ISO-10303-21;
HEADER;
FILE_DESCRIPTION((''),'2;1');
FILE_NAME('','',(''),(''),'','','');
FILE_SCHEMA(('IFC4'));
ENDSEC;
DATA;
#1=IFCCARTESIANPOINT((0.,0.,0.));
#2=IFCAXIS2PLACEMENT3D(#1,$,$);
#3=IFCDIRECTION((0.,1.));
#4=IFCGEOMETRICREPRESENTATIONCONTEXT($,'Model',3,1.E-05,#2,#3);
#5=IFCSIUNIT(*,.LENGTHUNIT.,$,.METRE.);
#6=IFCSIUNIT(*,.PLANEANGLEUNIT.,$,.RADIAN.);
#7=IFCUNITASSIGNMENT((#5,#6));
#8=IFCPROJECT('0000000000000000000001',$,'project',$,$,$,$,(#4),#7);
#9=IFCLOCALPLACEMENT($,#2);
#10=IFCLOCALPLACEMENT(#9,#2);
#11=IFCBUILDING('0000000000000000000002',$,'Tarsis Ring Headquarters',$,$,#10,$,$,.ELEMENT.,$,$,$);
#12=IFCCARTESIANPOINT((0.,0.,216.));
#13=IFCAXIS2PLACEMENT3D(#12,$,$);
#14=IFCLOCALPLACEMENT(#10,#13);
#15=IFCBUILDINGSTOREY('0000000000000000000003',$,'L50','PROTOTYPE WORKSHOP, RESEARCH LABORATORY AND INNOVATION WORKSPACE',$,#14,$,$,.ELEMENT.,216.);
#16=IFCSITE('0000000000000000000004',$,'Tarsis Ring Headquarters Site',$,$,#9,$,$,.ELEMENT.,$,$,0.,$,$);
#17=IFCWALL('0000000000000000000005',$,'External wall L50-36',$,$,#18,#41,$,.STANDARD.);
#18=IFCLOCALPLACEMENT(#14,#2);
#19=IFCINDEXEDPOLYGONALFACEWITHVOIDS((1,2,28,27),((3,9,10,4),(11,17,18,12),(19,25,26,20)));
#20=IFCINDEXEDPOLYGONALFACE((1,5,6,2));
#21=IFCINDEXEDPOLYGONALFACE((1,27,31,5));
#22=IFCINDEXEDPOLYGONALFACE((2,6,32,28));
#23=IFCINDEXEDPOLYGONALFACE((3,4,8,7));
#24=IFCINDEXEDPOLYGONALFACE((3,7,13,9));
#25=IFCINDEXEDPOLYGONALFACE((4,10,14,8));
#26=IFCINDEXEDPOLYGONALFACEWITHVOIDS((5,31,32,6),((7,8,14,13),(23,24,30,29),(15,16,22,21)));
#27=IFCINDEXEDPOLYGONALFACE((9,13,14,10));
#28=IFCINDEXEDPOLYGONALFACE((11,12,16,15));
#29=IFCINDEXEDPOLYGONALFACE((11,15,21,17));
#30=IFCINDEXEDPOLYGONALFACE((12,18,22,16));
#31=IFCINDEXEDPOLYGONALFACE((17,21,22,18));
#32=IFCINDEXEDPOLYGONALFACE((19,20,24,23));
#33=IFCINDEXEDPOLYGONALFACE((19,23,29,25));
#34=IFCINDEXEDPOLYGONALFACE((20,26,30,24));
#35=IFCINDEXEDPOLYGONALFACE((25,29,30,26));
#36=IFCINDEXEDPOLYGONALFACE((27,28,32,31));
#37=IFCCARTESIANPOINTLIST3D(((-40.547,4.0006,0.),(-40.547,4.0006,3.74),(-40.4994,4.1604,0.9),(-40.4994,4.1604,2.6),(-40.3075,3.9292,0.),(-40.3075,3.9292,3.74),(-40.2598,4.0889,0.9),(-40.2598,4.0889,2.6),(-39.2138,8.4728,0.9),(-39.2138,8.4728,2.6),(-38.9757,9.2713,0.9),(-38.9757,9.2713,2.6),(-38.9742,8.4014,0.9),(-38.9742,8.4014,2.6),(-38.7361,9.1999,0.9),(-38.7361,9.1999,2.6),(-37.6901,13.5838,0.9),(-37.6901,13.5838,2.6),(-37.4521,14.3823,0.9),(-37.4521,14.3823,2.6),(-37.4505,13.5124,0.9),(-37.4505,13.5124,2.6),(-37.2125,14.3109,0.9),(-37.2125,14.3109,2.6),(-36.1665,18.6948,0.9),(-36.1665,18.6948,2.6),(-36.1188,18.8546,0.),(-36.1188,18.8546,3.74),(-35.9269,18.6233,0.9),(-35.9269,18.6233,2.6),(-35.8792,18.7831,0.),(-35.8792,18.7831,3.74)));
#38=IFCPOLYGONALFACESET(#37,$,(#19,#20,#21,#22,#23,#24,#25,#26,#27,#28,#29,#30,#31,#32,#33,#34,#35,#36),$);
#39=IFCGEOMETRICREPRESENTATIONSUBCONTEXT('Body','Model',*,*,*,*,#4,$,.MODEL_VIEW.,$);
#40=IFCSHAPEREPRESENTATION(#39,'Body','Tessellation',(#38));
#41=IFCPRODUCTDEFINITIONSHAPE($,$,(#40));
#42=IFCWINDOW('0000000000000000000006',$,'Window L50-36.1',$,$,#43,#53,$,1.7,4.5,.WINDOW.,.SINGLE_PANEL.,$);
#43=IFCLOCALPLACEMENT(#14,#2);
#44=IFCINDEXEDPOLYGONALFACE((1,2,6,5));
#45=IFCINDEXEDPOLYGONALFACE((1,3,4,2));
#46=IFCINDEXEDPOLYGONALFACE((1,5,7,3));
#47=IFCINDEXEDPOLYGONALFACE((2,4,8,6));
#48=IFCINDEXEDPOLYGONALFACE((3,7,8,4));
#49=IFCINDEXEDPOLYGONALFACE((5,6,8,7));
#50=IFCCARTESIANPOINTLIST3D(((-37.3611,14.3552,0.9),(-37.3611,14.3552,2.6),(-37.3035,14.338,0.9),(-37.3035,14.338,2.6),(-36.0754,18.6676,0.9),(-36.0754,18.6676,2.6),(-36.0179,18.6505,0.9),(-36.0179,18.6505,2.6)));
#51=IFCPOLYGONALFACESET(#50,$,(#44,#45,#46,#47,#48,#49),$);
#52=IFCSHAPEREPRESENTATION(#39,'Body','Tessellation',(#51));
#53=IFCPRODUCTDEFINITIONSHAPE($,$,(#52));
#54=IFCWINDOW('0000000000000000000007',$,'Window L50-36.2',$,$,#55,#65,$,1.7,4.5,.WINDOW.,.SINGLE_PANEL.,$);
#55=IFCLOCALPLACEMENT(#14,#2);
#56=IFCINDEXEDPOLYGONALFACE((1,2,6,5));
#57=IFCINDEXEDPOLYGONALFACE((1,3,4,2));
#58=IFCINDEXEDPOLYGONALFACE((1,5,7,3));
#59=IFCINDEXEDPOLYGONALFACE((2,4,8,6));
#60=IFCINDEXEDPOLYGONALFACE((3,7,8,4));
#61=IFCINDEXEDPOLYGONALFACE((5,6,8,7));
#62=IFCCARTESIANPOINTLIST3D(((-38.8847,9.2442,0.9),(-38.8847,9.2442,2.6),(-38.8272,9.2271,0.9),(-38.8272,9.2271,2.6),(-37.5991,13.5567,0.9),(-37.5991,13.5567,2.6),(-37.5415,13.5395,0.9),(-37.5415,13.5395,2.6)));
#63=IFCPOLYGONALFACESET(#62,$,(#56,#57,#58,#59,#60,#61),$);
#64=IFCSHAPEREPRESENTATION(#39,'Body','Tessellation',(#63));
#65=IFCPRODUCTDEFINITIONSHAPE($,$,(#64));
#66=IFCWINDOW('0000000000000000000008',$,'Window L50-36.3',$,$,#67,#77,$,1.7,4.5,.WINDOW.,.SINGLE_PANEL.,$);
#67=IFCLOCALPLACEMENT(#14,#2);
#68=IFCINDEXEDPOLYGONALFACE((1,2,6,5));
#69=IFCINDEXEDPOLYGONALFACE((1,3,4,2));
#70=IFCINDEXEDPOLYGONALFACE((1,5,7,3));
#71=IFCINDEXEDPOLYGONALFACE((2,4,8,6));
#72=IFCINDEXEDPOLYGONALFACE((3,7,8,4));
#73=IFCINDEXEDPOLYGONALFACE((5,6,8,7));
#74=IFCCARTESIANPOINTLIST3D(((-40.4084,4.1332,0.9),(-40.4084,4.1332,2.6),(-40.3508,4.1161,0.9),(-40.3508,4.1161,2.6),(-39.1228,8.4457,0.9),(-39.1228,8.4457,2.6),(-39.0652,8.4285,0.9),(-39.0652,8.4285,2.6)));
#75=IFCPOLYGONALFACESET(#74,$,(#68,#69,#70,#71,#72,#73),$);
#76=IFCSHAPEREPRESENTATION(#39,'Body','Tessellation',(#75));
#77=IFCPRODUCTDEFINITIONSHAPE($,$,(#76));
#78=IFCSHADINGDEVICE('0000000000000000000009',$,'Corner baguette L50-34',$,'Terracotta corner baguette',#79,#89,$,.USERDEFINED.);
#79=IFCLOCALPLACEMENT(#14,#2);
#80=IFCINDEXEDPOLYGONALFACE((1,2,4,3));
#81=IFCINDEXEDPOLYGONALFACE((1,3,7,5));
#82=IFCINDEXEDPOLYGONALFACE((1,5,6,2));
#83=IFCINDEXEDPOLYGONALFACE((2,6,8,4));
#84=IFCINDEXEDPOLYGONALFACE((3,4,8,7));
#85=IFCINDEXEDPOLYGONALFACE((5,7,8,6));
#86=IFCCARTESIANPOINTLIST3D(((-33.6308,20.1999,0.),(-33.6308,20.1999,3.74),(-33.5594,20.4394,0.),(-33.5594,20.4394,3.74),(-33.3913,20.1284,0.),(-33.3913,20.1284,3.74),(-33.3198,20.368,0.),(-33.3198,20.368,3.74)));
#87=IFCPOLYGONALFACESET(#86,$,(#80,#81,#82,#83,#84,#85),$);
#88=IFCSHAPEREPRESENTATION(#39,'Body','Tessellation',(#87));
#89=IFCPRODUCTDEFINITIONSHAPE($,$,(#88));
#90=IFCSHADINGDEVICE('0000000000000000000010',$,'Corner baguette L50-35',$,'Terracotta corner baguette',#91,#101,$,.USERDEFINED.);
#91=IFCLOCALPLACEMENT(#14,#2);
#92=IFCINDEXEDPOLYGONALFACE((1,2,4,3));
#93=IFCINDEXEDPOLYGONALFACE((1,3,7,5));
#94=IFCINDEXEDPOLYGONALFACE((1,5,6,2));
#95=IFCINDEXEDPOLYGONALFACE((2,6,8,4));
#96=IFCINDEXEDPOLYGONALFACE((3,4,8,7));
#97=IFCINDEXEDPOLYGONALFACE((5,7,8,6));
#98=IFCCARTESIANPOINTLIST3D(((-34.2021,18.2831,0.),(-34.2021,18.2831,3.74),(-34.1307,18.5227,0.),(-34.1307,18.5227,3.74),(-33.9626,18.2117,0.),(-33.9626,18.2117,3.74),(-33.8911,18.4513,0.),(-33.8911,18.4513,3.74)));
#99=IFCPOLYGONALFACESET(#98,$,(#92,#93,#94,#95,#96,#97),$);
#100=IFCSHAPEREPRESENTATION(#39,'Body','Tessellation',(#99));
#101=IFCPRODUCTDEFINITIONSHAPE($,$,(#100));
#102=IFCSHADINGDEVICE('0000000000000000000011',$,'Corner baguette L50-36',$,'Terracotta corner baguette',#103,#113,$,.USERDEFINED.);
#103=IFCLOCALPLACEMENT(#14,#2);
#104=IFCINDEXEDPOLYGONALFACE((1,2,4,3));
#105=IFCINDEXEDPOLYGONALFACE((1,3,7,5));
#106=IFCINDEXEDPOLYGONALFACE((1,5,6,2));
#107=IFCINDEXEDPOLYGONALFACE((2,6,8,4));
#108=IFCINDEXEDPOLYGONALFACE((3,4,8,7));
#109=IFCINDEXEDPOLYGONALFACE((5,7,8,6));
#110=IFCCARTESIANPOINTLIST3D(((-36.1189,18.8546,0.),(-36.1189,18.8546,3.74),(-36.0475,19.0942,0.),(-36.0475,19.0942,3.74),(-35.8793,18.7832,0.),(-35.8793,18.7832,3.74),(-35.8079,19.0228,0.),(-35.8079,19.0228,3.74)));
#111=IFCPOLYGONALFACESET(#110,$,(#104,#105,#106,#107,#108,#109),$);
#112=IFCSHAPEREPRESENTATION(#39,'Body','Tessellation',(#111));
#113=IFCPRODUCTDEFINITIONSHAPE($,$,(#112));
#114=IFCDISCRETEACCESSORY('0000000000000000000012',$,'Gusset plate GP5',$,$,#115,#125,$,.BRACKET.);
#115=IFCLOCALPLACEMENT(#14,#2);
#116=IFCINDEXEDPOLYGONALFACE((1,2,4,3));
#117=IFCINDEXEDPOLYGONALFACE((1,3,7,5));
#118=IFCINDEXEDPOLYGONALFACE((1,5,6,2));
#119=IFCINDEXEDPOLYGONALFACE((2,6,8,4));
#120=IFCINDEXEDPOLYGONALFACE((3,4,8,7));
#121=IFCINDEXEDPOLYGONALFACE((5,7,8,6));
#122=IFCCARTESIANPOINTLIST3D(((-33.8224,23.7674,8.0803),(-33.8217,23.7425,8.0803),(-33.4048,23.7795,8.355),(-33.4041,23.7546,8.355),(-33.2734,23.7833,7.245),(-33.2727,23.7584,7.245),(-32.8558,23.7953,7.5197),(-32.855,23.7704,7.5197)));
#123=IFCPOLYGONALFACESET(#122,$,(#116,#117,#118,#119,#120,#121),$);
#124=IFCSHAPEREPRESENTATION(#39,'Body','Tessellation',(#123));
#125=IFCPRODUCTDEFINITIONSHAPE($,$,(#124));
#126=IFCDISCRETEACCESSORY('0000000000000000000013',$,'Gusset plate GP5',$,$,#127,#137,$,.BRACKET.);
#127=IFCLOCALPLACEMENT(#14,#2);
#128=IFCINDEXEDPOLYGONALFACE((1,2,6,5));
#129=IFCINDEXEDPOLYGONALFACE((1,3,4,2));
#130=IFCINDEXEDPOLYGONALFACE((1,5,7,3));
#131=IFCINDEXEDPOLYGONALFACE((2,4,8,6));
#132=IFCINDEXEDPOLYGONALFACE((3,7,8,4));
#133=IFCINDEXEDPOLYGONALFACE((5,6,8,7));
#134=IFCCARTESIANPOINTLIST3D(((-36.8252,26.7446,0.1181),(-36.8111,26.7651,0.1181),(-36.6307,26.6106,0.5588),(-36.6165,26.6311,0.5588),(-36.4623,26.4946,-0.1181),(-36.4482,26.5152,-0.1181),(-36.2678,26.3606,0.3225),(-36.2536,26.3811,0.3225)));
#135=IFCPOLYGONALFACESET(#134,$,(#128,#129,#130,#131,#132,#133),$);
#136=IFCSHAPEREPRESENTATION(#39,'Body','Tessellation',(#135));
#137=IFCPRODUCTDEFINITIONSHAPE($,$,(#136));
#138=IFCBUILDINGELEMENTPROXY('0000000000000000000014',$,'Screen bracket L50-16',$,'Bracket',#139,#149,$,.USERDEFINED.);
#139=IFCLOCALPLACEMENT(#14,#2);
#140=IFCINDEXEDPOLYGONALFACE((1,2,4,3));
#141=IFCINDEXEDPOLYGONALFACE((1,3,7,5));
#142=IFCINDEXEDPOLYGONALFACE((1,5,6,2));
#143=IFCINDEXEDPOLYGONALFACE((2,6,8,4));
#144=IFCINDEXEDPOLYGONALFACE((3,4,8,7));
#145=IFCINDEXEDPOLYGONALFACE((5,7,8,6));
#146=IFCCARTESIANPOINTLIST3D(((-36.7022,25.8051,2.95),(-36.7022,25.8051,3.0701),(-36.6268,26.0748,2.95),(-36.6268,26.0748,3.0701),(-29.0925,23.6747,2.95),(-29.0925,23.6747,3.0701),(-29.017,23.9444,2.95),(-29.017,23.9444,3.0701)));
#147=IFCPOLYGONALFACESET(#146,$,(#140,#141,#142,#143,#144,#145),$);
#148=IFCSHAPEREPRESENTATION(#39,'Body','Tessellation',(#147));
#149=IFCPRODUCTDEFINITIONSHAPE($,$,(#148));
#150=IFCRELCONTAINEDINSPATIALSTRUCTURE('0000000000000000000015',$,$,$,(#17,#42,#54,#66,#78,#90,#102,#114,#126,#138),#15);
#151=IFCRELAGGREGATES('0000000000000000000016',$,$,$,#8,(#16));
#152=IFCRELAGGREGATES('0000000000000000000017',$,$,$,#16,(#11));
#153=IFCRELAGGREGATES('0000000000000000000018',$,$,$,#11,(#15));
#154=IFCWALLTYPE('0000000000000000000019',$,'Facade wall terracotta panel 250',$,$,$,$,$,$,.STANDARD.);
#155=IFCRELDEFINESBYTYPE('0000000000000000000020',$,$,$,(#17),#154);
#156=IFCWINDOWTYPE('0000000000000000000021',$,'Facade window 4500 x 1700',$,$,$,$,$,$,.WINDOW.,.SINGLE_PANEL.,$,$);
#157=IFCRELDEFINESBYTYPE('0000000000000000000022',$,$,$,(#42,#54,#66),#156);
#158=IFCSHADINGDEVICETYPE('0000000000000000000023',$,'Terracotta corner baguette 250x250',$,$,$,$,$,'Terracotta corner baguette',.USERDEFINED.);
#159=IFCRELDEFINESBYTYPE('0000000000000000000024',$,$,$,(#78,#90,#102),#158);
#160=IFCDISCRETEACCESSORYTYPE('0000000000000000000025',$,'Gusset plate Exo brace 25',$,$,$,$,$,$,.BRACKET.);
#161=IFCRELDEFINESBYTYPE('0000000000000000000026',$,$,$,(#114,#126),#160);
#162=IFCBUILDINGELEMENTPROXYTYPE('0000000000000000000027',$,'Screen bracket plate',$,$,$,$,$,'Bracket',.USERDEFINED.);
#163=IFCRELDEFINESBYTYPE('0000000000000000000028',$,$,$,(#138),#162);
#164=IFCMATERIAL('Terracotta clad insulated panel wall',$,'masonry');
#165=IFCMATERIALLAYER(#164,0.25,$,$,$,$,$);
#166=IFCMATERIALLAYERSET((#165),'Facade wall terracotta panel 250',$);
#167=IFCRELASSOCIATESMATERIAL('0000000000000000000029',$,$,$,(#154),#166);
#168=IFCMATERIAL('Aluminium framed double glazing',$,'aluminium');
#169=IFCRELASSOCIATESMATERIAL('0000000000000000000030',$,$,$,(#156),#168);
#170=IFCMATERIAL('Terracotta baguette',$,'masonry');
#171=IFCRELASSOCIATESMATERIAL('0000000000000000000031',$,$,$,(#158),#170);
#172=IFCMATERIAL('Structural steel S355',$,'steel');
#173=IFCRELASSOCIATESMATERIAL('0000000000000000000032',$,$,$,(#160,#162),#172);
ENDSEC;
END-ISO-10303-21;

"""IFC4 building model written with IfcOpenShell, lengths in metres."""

from ifc_helpers import new_model, si_unit, direction, frame, frame_2d, origin, origin_2d, place, context, subcontext, project, spatial, rectangle, extrude, material, layer, layer_set, material_profile, profile_set, type_object, element, fill, save


model = new_model("IFC4")

# Units and contexts
model_context = context("Model", 3, precision=1e-05, world=origin(), true_north=direction((0.0, 1.0)))
body_context = subcontext(model_context, "Body", "Model", "MODEL_VIEW")
ifc_project = project(units=[si_unit("LENGTHUNIT", "METRE"), si_unit("PLANEANGLEUNIT", "RADIAN")], contexts=[model_context])

# Site, building, storey
site_placement = place(None, origin())
site = spatial("IfcSite", under=ifc_project, at=site_placement, Name="Tarsis Ring Headquarters Site", CompositionType="ELEMENT", RefElevation=0.0)
building_placement = place(site_placement, origin())
building = spatial("IfcBuilding", under=site, at=building_placement, Name="Tarsis Ring Headquarters", CompositionType="ELEMENT")
storey_placement = place(building_placement, frame((0.0, 0.0, 216.0)))
storey = spatial("IfcBuildingStorey", under=building, at=storey_placement, Name="L50", Description="PROTOTYPE WORKSHOP, RESEARCH LABORATORY AND INNOVATION WORKSPACE", CompositionType="ELEMENT", Elevation=216.0)

# Shared definitions
ifc_material_1 = material(Name="Structural steel S355", Category="steel")

# Shared definitions
ifc_material_2 = material(Name="Terracotta clad insulated panel wall", Category="masonry")
ifc_layer = layer(ifc_material_2, 0.25)
ifc_layer_set = layer_set([ifc_layer], Name="Facade wall terracotta panel 250")
wall_type = type_object("IfcWallType", Name="Facade wall terracotta panel 250", PredefinedType="STANDARD", material=ifc_layer_set)

# Wall, openings, windows
wall_placement = place(storey_placement, frame((-35.999, 18.8188, 0.0), z_axis=(0.0, 0.0, 1.0), x_axis=(-0.285691, -0.958322, 0.0)))
wall = element("IfcWall", 1, at=wall_placement, inside=storey, type_object=wall_type, Name="External wall L50-36", PredefinedType="STANDARD", context=body_context, shape_type="SweptSolid", body=[
    extrude(rectangle(XDim=15.5, YDim=0.25, at=frame_2d((7.75, 0.0))), origin(), (0.0, 0.0, 1.0), 3.74),
])
opening_1_placement = place(wall_placement, frame((0.1667, 0.0, 0.8999)))
opening_1 = element("IfcOpeningElement", 2, at=opening_1_placement, cuts=wall, PredefinedType="OPENING", context=body_context, shape_type="SweptSolid", body=[
    extrude(rectangle(XDim=4.5, YDim=1.7, at=frame_2d((2.25, 0.8501))), frame((0.0, 0.135, 0.0), z_axis=(0.0, -1.0, 0.0), x_axis=(1.0, 0.0, 0.0)), (0.0, 0.0, 1.0), 0.27),
])
opening_2_placement = place(wall_placement, frame((5.5, 0.0, 0.8999)))
opening_2 = element("IfcOpeningElement", 3, at=opening_2_placement, cuts=wall, PredefinedType="OPENING", context=body_context, shape_type="SweptSolid", body=[
    extrude(rectangle(XDim=4.5, YDim=1.7, at=frame_2d((2.25, 0.8501))), frame((0.0, 0.135, 0.0), z_axis=(0.0, -1.0, 0.0), x_axis=(1.0, 0.0, 0.0)), (0.0, 0.0, 1.0), 0.27),
])
opening_3_placement = place(wall_placement, frame((10.8333, 0.0, 0.8999)))
opening_3 = element("IfcOpeningElement", 4, at=opening_3_placement, cuts=wall, PredefinedType="OPENING", context=body_context, shape_type="SweptSolid", body=[
    extrude(rectangle(XDim=4.5, YDim=1.7, at=frame_2d((2.25, 0.8501))), frame((0.0, 0.135, 0.0), z_axis=(0.0, -1.0, 0.0), x_axis=(1.0, 0.0, 0.0)), (0.0, 0.0, 1.0), 0.27),
])
ifc_material_3 = material(Name="Aluminium framed double glazing", Category="aluminium")
window_type = type_object("IfcWindowType", Name="Facade window 4500 x 1700", PartitioningType="SINGLE_PANEL", PredefinedType="WINDOW", material=ifc_material_3)
window_1_placement = place(opening_1_placement, origin())
window_1 = element("IfcWindow", 5, at=window_1_placement, inside=storey, type_object=window_type, Name="Window L50-36.1", OverallHeight=1.7, OverallWidth=4.5, PartitioningType="SINGLE_PANEL", PredefinedType="WINDOW", context=body_context, shape_type="SweptSolid", body=[
    extrude(rectangle(XDim=4.5, YDim=1.7, at=frame_2d((2.25, 0.8501))), frame((0.0, 0.03, 0.0), z_axis=(0.0, -1.0, 0.0), x_axis=(1.0, 0.0, 0.0)), (0.0, 0.0, 1.0), 0.0601),
])
fill(opening_1, window_1)
window_2_placement = place(opening_2_placement, origin())
window_2 = element("IfcWindow", 6, at=window_2_placement, inside=storey, type_object=window_type, Name="Window L50-36.2", OverallHeight=1.7, OverallWidth=4.5, PartitioningType="SINGLE_PANEL", PredefinedType="WINDOW", context=body_context, shape_type="SweptSolid", body=[
    extrude(rectangle(XDim=4.5, YDim=1.7, at=frame_2d((2.25, 0.8501))), frame((0.0, 0.03, 0.0), z_axis=(0.0, -1.0, 0.0), x_axis=(1.0, 0.0, 0.0)), (0.0, 0.0, 1.0), 0.0601),
])
fill(opening_2, window_2)
window_3_placement = place(opening_3_placement, origin())
window_3 = element("IfcWindow", 7, at=window_3_placement, inside=storey, type_object=window_type, Name="Window L50-36.3", OverallHeight=1.7, OverallWidth=4.5, PartitioningType="SINGLE_PANEL", PredefinedType="WINDOW", context=body_context, shape_type="SweptSolid", body=[
    extrude(rectangle(XDim=4.5, YDim=1.7, at=frame_2d((2.25, 0.8501))), frame((0.0, 0.03, 0.0), z_axis=(0.0, -1.0, 0.0), x_axis=(1.0, 0.0, 0.0)), (0.0, 0.0, 1.0), 0.0601),
])
fill(opening_3, window_3)

# Shading devices
ifc_material_4 = material(Name="Terracotta baguette", Category="masonry")
shading_device_type_1 = type_object("IfcShadingDeviceType", Name="Terracotta corner baguette 250x250", ElementType="Terracotta corner baguette", PredefinedType="USERDEFINED", material=ifc_material_4)
for number, where, z_axis, x_axis, name in (
    (8, (-33.4753, 20.2839, 0.0), (0.0, 0.0, 1.0), (-0.958323, 0.285688, 0.0), "Corner baguette L50-34"),
    (9, (-34.0466, 18.3672, 0.0), (0.0, 0.0, 1.0), (-0.285689, -0.958323, 0.0), "Corner baguette L50-35"),
    (10, (-35.9634, 18.9387, 0.0), (0.0, 0.0, 1.0), (-0.958323, 0.285689, 0.0), "Corner baguette L50-36"),
):
    element("IfcShadingDevice", number, at=place(storey_placement, frame(where, z_axis=z_axis, x_axis=x_axis)), inside=storey, type_object=shading_device_type_1, Name=name, ObjectType="Terracotta corner baguette", PredefinedType="USERDEFINED", context=body_context, shape_type="SweptSolid", body=[
        extrude(rectangle(XDim=0.25, YDim=0.25, at=origin_2d()), origin(), (0.0, 0.0, 1.0), 3.74),
    ])

# Discrete accessories
ifc_material_profile_1 = material_profile(ifc_material_1, rectangle(XDim=0.0249, YDim=0.5, at=origin_2d()), Name="PL 25x500")
ifc_profile_set_1 = profile_set([ifc_material_profile_1], Name="Structural steel S355")
discrete_accessory_type = type_object("IfcDiscreteAccessoryType", Name="Gusset plate Exo brace 25", PredefinedType="BRACKET", material=ifc_profile_set_1)
discrete_accessory_1_placement = place(storey_placement, frame((-33.0642, 23.7769, 7.3823), z_axis=(-0.549153, -0.015871, 0.835571), x_axis=(0.02889, -0.999583, 0.0)))
element("IfcDiscreteAccessory", 11, at=discrete_accessory_1_placement, inside=storey, type_object=discrete_accessory_type, Name="Gusset plate GP5", PredefinedType="BRACKET", context=body_context, shape_type="SweptSolid", body=[
    extrude(rectangle(XDim=0.0249, YDim=0.5, at=origin_2d()), origin(), (0.0, 0.0, 1.0), 0.9998),
])
discrete_accessory_2_placement = place(storey_placement, frame((-36.6367, 26.6299, 0.0), z_axis=(0.389145, -0.268056, 0.881313), x_axis=(0.567274, 0.823529, 0.0)))
element("IfcDiscreteAccessory", 12, at=discrete_accessory_2_placement, inside=storey, type_object=discrete_accessory_type, Name="Gusset plate GP5", PredefinedType="BRACKET", context=body_context, shape_type="SweptSolid", body=[
    extrude(rectangle(XDim=0.0249, YDim=0.5, at=origin_2d()), origin(), (0.0, 0.0, 1.0), 0.5),
])

# Building element proxy
building_element_proxy_type = type_object("IfcBuildingElementProxyType", Name="Screen bracket plate", ElementType="Bracket", PredefinedType="USERDEFINED", material=ifc_material_1)
proxy_placement = place(storey_placement, frame((-32.8596, 24.8748, 2.95), z_axis=(0.0, 0.0, 1.0), x_axis=(-0.962975, 0.269592, 0.0)))
element("IfcBuildingElementProxy", 13, at=proxy_placement, inside=storey, type_object=building_element_proxy_type, Name="Screen bracket L50-16", ObjectType="Bracket", PredefinedType="USERDEFINED", context=body_context, shape_type="SweptSolid", body=[
    extrude(rectangle(XDim=7.9023, YDim=0.28, at=origin_2d()), origin(), (0.0, 0.0, 1.0), 0.1201),
])

save(model, "model.ifc")
